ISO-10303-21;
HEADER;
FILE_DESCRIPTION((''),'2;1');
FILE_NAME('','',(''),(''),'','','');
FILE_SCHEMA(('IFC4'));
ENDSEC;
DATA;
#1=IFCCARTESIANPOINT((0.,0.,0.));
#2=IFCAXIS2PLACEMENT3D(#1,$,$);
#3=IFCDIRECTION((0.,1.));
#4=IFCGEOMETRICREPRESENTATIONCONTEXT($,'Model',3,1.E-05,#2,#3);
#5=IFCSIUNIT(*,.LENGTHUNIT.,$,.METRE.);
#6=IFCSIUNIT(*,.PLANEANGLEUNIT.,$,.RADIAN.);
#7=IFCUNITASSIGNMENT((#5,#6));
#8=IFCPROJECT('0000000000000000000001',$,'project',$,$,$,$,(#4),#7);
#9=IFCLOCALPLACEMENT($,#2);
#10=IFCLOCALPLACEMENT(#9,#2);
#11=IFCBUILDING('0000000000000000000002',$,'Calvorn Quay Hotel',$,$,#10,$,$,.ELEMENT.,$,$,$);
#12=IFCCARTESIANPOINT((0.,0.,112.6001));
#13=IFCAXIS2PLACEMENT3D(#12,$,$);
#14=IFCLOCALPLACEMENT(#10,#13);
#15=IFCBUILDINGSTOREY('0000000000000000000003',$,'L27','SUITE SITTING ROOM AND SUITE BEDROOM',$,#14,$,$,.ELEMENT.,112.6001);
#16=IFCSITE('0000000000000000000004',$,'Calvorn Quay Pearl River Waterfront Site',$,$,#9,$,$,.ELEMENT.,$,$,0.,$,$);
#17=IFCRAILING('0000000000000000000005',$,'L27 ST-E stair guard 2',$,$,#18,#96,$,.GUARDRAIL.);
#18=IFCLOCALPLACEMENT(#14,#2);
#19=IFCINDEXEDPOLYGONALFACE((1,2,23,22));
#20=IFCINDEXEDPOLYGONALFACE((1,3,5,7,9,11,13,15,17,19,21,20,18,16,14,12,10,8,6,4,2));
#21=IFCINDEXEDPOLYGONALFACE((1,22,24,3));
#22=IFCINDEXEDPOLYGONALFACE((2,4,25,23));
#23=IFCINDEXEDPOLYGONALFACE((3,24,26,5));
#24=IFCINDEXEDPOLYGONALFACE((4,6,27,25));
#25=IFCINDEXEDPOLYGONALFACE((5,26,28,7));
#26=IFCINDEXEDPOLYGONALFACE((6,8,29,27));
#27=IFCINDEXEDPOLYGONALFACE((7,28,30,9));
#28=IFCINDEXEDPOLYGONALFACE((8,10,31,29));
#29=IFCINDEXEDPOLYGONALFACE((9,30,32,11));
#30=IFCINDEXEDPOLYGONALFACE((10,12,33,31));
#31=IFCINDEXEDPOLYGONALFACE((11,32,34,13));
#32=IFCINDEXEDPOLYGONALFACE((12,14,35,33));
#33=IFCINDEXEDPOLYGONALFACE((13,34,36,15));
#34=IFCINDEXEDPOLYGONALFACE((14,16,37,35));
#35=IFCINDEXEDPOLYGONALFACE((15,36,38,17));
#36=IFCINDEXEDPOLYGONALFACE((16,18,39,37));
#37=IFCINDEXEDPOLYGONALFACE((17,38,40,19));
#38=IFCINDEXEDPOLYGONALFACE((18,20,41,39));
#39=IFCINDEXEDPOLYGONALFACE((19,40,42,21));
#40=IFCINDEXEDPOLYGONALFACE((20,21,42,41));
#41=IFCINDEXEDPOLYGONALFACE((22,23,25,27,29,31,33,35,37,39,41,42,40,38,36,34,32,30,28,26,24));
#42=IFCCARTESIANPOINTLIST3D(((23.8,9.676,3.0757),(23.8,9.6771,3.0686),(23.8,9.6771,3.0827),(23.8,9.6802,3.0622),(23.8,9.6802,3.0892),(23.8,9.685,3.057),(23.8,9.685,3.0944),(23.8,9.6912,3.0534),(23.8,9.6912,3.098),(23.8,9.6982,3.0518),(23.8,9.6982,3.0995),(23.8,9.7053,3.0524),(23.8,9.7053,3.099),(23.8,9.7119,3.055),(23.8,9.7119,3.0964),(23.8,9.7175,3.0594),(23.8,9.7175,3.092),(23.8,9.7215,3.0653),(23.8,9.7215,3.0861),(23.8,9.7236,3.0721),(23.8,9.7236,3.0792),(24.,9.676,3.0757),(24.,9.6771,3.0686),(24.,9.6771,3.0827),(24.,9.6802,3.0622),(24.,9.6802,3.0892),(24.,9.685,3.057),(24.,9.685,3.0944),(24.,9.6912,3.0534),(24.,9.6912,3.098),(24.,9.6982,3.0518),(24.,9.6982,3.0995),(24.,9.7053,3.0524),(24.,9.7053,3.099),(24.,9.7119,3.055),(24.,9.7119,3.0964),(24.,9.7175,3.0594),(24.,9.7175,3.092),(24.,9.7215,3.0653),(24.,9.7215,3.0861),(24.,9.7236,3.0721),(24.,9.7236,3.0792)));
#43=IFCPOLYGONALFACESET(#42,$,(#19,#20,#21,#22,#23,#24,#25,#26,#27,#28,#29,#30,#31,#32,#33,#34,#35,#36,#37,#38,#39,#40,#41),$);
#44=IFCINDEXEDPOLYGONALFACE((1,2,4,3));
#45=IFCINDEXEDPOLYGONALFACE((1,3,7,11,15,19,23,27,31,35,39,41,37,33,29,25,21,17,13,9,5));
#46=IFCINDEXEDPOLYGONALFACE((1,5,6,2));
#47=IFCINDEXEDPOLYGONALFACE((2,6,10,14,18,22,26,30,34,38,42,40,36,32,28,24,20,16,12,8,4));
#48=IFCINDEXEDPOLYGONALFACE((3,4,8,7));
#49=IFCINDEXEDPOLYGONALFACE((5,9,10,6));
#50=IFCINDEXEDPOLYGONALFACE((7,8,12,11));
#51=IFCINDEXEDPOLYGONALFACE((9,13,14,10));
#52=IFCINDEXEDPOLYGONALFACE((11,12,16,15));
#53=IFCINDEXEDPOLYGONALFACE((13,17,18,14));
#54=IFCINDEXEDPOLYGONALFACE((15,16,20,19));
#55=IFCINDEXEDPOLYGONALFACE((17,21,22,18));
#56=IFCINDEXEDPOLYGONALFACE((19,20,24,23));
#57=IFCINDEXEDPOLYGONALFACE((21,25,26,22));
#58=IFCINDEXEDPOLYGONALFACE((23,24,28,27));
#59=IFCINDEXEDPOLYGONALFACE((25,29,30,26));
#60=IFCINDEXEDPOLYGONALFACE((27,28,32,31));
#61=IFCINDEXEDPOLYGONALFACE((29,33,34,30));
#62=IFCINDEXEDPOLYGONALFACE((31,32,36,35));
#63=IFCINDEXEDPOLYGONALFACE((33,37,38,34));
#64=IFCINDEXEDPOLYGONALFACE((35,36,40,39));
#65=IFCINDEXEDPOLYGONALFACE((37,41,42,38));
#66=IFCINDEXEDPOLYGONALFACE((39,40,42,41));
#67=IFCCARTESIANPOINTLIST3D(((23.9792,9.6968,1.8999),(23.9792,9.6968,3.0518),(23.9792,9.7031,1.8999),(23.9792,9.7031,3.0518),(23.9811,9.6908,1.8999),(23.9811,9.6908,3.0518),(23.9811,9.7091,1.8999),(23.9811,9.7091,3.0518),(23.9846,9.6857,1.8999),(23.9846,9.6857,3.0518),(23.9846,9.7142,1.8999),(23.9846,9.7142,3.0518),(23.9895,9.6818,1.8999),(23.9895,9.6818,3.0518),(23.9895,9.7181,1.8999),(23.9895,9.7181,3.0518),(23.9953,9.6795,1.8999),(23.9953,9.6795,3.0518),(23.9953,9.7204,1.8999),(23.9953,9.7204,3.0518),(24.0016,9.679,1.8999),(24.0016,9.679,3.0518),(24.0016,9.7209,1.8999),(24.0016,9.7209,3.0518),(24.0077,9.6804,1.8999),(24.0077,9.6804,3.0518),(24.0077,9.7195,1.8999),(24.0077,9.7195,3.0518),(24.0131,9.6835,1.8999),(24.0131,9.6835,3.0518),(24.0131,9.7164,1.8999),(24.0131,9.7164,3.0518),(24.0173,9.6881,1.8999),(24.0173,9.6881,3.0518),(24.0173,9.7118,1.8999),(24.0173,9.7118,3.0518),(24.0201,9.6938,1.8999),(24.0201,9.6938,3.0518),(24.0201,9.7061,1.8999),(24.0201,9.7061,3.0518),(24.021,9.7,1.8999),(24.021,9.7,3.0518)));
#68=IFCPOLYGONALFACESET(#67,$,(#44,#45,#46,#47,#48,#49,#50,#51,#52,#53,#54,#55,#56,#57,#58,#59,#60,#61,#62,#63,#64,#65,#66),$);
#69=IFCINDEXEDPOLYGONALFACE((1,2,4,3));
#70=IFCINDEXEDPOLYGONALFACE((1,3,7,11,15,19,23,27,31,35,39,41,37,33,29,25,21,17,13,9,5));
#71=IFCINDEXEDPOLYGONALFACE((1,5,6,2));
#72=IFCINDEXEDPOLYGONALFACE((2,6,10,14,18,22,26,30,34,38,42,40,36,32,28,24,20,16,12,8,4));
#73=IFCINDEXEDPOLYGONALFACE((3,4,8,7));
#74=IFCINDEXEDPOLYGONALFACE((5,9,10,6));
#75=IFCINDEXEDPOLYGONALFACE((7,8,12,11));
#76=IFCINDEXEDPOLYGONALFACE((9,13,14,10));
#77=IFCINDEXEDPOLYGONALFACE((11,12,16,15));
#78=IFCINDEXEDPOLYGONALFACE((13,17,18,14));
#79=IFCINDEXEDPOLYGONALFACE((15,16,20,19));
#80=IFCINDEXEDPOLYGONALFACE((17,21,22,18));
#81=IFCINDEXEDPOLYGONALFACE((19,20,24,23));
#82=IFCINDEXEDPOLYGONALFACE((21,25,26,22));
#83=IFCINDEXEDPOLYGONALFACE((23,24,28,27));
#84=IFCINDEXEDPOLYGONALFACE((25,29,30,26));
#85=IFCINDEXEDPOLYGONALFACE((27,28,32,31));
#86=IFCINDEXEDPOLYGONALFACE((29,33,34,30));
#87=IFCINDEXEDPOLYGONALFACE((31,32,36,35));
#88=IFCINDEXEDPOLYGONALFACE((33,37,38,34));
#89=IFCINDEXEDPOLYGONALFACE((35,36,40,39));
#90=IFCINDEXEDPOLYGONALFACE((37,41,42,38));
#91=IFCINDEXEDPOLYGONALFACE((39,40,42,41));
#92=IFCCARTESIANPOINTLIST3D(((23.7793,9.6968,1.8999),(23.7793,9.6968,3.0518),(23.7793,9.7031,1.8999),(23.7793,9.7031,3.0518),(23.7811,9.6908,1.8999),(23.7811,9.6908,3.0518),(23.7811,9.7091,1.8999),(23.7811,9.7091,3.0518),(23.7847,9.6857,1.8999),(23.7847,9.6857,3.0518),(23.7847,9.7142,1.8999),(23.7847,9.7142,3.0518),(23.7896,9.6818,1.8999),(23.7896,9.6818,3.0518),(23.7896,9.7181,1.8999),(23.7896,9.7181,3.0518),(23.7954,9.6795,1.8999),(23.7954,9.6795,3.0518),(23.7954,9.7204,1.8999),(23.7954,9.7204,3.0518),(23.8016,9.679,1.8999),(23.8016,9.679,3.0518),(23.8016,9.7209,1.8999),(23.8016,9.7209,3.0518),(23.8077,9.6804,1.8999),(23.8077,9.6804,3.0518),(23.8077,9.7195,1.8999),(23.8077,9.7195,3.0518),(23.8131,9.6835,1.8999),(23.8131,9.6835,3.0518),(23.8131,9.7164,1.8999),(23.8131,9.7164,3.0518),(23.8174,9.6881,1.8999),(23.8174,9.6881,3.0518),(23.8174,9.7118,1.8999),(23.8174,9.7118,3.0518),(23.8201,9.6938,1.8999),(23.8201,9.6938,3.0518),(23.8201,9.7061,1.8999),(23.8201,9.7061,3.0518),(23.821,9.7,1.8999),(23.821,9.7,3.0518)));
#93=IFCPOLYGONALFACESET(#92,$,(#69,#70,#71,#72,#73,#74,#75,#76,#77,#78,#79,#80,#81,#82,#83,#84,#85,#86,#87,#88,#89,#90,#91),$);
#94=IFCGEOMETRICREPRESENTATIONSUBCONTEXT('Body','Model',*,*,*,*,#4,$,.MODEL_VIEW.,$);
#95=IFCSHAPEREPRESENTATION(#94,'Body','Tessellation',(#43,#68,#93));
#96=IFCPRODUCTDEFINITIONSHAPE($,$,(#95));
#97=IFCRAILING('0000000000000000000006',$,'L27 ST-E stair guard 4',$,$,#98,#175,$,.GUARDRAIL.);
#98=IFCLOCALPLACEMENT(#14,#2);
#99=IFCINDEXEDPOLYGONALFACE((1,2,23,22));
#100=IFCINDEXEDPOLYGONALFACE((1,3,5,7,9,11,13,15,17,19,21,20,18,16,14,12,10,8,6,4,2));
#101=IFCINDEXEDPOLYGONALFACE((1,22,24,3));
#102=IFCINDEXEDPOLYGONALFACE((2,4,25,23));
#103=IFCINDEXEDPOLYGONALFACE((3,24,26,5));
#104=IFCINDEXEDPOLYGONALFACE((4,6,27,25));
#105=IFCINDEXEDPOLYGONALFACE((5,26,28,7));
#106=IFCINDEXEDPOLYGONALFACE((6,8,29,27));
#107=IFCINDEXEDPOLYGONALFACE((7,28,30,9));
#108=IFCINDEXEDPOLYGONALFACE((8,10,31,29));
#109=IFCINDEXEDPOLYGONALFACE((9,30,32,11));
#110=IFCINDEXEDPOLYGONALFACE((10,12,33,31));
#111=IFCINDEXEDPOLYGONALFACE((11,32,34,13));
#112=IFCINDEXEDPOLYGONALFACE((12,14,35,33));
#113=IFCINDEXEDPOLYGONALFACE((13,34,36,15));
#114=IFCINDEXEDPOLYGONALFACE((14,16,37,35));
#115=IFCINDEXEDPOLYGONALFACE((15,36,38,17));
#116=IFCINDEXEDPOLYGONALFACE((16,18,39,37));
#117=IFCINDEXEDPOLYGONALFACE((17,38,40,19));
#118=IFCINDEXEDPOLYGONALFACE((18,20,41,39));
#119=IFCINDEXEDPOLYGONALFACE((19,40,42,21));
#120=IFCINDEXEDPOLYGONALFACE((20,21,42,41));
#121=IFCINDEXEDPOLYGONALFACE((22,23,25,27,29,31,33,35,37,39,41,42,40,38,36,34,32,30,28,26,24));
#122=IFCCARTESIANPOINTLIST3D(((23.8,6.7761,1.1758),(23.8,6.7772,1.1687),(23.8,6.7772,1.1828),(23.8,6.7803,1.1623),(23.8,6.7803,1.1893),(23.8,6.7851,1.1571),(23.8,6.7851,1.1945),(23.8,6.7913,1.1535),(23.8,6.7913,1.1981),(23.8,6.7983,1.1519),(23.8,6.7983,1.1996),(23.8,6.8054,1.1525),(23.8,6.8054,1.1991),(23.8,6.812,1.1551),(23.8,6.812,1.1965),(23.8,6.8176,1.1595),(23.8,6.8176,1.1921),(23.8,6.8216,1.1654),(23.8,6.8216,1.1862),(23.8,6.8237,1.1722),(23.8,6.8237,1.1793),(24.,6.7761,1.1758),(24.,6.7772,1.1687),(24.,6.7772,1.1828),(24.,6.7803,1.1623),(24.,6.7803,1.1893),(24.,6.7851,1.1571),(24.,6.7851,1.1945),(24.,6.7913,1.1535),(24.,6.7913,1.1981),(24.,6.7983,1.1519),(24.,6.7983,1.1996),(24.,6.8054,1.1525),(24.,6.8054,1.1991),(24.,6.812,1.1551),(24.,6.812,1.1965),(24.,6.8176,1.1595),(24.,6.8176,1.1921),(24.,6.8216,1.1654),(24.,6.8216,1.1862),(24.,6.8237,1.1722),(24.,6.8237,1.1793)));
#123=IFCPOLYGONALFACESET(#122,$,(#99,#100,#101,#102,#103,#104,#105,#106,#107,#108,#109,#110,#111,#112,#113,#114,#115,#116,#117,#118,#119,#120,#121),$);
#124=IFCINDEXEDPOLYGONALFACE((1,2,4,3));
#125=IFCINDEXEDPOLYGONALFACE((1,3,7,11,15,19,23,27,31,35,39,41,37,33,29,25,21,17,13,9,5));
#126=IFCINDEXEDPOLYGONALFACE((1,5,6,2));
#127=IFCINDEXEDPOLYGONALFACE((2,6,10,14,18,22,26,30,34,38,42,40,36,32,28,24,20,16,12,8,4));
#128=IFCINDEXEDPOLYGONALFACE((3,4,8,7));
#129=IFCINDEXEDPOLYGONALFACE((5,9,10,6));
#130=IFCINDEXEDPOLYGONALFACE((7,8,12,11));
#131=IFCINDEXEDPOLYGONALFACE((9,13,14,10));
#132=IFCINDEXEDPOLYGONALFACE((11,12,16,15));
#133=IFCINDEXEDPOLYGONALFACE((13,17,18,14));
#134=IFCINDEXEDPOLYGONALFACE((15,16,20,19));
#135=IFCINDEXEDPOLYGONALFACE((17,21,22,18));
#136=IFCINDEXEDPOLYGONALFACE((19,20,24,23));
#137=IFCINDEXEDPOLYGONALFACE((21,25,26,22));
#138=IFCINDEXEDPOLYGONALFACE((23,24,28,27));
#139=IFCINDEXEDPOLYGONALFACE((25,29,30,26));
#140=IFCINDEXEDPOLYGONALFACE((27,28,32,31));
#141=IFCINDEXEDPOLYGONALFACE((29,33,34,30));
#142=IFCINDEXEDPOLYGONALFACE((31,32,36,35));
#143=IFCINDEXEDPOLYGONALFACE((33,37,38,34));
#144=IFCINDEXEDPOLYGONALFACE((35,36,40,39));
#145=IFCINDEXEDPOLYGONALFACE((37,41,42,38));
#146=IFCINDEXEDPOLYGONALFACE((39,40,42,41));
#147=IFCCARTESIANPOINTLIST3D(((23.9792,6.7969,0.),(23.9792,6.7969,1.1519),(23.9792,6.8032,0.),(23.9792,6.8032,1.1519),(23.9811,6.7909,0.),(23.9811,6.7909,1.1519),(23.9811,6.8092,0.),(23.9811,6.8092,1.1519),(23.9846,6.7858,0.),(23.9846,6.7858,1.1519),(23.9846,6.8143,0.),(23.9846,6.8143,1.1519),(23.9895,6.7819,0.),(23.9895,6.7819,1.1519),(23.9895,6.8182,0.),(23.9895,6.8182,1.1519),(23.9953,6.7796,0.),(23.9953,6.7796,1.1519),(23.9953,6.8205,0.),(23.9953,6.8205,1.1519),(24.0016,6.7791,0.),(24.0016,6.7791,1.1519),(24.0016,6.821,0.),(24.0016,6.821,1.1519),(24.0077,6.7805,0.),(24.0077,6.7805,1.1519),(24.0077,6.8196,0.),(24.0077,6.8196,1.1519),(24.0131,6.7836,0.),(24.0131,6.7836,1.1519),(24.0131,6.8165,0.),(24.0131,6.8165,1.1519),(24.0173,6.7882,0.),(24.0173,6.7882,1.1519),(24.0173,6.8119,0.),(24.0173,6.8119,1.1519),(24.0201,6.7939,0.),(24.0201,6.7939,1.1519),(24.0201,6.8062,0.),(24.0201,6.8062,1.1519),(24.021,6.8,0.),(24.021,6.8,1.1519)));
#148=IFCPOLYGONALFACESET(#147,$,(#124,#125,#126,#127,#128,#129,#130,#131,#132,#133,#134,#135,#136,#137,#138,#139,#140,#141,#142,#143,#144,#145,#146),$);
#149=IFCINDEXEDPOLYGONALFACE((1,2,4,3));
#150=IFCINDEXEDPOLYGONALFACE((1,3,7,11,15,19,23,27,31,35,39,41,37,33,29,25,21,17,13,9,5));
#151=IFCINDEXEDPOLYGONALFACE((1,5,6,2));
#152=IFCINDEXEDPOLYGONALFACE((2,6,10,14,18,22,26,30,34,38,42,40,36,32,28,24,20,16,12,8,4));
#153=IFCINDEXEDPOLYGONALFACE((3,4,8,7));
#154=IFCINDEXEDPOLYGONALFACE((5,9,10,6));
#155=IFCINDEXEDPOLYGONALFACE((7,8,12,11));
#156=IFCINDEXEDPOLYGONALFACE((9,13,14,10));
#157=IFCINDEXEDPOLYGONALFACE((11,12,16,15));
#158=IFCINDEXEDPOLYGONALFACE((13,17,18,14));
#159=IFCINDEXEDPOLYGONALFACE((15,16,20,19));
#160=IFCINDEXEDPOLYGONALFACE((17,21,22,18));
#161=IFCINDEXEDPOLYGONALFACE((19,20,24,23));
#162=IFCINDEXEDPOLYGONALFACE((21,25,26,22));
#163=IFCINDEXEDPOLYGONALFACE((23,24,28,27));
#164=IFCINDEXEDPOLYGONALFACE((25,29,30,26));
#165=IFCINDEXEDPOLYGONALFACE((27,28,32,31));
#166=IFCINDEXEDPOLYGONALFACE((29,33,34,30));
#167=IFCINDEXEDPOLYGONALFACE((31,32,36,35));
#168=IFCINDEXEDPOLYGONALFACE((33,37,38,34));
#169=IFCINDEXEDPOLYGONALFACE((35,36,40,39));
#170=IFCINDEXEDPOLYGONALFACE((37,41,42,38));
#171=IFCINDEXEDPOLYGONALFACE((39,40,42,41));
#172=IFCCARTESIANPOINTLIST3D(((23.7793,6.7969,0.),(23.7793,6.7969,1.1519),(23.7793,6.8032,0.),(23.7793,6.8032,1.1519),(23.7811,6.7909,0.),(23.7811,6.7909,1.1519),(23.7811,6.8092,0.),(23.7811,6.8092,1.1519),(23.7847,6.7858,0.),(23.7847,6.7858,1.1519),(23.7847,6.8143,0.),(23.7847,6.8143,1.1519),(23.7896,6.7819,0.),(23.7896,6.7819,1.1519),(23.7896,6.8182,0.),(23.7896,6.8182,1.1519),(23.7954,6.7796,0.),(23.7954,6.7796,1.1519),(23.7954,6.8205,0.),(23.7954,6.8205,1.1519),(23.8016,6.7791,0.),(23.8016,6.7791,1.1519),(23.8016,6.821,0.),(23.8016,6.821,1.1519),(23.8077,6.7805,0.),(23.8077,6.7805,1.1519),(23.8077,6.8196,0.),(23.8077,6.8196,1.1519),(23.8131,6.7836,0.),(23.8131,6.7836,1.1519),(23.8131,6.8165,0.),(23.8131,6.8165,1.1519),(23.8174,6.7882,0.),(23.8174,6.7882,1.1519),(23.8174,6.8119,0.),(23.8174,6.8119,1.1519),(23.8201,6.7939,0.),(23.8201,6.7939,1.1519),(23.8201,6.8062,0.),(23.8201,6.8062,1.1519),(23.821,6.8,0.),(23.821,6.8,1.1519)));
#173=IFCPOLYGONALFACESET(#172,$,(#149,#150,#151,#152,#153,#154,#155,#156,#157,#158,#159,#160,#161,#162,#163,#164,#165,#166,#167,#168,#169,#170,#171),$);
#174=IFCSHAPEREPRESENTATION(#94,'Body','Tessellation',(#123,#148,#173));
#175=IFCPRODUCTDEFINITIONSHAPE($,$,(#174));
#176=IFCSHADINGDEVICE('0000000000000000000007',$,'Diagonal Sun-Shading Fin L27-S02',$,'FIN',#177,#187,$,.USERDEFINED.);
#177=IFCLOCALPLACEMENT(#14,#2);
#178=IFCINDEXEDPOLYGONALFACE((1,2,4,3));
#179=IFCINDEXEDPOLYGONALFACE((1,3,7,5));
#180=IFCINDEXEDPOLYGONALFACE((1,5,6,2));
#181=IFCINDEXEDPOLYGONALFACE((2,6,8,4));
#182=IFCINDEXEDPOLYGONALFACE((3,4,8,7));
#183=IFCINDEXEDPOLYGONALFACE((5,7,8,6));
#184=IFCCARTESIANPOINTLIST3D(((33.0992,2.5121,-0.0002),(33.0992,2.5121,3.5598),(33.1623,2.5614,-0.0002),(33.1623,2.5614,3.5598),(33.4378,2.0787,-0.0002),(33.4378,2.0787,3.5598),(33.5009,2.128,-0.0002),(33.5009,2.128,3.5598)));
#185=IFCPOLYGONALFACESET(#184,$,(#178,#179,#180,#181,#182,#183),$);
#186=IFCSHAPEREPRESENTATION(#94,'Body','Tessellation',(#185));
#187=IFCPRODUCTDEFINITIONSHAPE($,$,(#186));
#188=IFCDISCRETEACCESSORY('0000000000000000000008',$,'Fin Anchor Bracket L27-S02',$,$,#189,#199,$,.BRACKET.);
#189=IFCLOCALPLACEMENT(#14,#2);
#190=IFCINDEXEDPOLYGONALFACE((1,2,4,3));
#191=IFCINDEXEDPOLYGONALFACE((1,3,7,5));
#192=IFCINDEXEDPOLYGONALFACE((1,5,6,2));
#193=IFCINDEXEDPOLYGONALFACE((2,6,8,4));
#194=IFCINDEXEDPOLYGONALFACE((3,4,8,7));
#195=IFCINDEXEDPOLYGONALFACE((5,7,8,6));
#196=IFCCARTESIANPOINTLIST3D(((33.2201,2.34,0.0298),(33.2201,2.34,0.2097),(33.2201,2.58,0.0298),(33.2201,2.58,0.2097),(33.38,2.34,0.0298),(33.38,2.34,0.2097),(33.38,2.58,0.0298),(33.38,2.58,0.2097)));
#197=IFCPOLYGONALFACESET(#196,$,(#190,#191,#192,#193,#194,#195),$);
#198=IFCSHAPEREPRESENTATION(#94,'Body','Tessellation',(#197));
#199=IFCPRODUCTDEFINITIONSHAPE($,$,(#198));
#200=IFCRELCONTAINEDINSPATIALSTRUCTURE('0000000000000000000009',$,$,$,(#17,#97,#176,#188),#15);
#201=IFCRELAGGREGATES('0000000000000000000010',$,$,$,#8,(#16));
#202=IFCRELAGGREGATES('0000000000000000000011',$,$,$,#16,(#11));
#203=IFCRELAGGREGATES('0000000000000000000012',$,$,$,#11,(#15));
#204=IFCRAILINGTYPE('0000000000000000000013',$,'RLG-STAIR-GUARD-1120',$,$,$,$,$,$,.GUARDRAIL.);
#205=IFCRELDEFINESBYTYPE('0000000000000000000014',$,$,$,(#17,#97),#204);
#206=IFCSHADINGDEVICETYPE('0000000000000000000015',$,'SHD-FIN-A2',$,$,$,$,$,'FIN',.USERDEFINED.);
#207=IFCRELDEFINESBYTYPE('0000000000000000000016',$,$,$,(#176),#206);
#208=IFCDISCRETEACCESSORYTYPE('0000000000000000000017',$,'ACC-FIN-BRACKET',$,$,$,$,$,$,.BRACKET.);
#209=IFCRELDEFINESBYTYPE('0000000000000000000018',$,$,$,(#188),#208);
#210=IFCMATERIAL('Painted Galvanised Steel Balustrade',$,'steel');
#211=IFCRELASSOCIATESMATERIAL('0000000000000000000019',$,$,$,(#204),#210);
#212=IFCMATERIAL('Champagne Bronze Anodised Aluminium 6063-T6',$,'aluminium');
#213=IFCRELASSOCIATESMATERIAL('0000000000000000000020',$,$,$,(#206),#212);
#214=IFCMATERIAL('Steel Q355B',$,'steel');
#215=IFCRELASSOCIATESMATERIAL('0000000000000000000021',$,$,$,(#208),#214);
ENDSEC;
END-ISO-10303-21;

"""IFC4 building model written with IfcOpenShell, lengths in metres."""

from ifc_helpers import new_model, si_unit, direction, frame, origin, origin_2d, place, context, subcontext, project, spatial, rectangle, circle, extrude, material, type_object, element, save


model = new_model("IFC4")

# Units and contexts
model_context = context("Model", 3, precision=1e-05, world=origin(), true_north=direction((0.0, 1.0)))
body_context = subcontext(model_context, "Body", "Model", "MODEL_VIEW")
ifc_project = project(units=[si_unit("LENGTHUNIT", "METRE"), si_unit("PLANEANGLEUNIT", "RADIAN")], contexts=[model_context])

# Site, building, storey
site_placement = place(None, origin())
site = spatial("IfcSite", under=ifc_project, at=site_placement, Name="Calvorn Quay Pearl River Waterfront Site", CompositionType="ELEMENT", RefElevation=0.0)
building_placement = place(site_placement, origin())
building = spatial("IfcBuilding", under=site, at=building_placement, Name="Calvorn Quay Hotel", CompositionType="ELEMENT")
storey_placement = place(building_placement, frame((0.0, 0.0, 112.6001)))
storey = spatial("IfcBuildingStorey", under=building, at=storey_placement, Name="L27", Description="SUITE SITTING ROOM AND SUITE BEDROOM", CompositionType="ELEMENT", Elevation=112.6001)

# Railings
ifc_material_1 = material(Name="Painted Galvanised Steel Balustrade", Category="steel")
railing_type_1 = type_object("IfcRailingType", Name="RLG-STAIR-GUARD-1120", PredefinedType="GUARDRAIL", material=ifc_material_1)
for number, where, name in (
    (1, (24.0, 9.7, 1.8999), "L27 ST-E stair guard 2"),
    (2, (24.0, 6.8, 0.0), "L27 ST-E stair guard 4"),
):
    element("IfcRailing", number, at=place(storey_placement, frame(where)), inside=storey, type_object=railing_type_1, Name=name, PredefinedType="GUARDRAIL", context=body_context, shape_type="SweptSolid", body=[
        extrude(circle(Radius=0.0239, at=origin_2d()), frame((0.0, 0.0, 1.1758), z_axis=(-1.0, 0.0, 0.0), x_axis=(0.0, -1.0, 0.0)), (0.0, 0.0, 1.0), 0.2),
        extrude(circle(Radius=0.021, at=origin_2d()), origin(), (0.0, 0.0, 1.0), 1.1519),
        extrude(circle(Radius=0.021, at=origin_2d()), frame((-0.2, 0.0, 0.0)), (0.0, 0.0, 1.0), 1.1519),
    ])

# Shading device
ifc_material_2 = material(Name="Champagne Bronze Anodised Aluminium 6063-T6", Category="aluminium")
shading_device_type = type_object("IfcShadingDeviceType", Name="SHD-FIN-A2", ElementType="FIN", PredefinedType="USERDEFINED", material=ifc_material_2)
shading_device_placement = place(storey_placement, frame((33.3, 2.3201, -0.0002), z_axis=(0.0, 0.0, 1.0), x_axis=(-0.615661, 0.788011, 0.0)))
element("IfcShadingDevice", 3, at=shading_device_placement, inside=storey, type_object=shading_device_type, Name="Diagonal Sun-Shading Fin L27-S02", ObjectType="FIN", PredefinedType="USERDEFINED", context=body_context, shape_type="SweptSolid", body=[
    extrude(rectangle(XDim=0.55, YDim=0.0801, at=origin_2d()), origin(), (0.0, 0.0, 1.0), 3.5601),
])

# Discrete accessory
ifc_material_3 = material(Name="Steel Q355B", Category="steel")
discrete_accessory_type = type_object("IfcDiscreteAccessoryType", Name="ACC-FIN-BRACKET", PredefinedType="BRACKET", material=ifc_material_3)
discrete_accessory_placement = place(storey_placement, frame((33.3, 2.46, 0.0298), z_axis=(0.0, 0.0, 1.0), x_axis=(0.0, 1.0, 0.0)))
element("IfcDiscreteAccessory", 4, at=discrete_accessory_placement, inside=storey, type_object=discrete_accessory_type, Name="Fin Anchor Bracket L27-S02", PredefinedType="BRACKET", context=body_context, shape_type="SweptSolid", body=[
    extrude(rectangle(XDim=0.24, YDim=0.1599, at=origin_2d()), origin(), (0.0, 0.0, 1.0), 0.1799),
])

save(model, "model.ifc")
